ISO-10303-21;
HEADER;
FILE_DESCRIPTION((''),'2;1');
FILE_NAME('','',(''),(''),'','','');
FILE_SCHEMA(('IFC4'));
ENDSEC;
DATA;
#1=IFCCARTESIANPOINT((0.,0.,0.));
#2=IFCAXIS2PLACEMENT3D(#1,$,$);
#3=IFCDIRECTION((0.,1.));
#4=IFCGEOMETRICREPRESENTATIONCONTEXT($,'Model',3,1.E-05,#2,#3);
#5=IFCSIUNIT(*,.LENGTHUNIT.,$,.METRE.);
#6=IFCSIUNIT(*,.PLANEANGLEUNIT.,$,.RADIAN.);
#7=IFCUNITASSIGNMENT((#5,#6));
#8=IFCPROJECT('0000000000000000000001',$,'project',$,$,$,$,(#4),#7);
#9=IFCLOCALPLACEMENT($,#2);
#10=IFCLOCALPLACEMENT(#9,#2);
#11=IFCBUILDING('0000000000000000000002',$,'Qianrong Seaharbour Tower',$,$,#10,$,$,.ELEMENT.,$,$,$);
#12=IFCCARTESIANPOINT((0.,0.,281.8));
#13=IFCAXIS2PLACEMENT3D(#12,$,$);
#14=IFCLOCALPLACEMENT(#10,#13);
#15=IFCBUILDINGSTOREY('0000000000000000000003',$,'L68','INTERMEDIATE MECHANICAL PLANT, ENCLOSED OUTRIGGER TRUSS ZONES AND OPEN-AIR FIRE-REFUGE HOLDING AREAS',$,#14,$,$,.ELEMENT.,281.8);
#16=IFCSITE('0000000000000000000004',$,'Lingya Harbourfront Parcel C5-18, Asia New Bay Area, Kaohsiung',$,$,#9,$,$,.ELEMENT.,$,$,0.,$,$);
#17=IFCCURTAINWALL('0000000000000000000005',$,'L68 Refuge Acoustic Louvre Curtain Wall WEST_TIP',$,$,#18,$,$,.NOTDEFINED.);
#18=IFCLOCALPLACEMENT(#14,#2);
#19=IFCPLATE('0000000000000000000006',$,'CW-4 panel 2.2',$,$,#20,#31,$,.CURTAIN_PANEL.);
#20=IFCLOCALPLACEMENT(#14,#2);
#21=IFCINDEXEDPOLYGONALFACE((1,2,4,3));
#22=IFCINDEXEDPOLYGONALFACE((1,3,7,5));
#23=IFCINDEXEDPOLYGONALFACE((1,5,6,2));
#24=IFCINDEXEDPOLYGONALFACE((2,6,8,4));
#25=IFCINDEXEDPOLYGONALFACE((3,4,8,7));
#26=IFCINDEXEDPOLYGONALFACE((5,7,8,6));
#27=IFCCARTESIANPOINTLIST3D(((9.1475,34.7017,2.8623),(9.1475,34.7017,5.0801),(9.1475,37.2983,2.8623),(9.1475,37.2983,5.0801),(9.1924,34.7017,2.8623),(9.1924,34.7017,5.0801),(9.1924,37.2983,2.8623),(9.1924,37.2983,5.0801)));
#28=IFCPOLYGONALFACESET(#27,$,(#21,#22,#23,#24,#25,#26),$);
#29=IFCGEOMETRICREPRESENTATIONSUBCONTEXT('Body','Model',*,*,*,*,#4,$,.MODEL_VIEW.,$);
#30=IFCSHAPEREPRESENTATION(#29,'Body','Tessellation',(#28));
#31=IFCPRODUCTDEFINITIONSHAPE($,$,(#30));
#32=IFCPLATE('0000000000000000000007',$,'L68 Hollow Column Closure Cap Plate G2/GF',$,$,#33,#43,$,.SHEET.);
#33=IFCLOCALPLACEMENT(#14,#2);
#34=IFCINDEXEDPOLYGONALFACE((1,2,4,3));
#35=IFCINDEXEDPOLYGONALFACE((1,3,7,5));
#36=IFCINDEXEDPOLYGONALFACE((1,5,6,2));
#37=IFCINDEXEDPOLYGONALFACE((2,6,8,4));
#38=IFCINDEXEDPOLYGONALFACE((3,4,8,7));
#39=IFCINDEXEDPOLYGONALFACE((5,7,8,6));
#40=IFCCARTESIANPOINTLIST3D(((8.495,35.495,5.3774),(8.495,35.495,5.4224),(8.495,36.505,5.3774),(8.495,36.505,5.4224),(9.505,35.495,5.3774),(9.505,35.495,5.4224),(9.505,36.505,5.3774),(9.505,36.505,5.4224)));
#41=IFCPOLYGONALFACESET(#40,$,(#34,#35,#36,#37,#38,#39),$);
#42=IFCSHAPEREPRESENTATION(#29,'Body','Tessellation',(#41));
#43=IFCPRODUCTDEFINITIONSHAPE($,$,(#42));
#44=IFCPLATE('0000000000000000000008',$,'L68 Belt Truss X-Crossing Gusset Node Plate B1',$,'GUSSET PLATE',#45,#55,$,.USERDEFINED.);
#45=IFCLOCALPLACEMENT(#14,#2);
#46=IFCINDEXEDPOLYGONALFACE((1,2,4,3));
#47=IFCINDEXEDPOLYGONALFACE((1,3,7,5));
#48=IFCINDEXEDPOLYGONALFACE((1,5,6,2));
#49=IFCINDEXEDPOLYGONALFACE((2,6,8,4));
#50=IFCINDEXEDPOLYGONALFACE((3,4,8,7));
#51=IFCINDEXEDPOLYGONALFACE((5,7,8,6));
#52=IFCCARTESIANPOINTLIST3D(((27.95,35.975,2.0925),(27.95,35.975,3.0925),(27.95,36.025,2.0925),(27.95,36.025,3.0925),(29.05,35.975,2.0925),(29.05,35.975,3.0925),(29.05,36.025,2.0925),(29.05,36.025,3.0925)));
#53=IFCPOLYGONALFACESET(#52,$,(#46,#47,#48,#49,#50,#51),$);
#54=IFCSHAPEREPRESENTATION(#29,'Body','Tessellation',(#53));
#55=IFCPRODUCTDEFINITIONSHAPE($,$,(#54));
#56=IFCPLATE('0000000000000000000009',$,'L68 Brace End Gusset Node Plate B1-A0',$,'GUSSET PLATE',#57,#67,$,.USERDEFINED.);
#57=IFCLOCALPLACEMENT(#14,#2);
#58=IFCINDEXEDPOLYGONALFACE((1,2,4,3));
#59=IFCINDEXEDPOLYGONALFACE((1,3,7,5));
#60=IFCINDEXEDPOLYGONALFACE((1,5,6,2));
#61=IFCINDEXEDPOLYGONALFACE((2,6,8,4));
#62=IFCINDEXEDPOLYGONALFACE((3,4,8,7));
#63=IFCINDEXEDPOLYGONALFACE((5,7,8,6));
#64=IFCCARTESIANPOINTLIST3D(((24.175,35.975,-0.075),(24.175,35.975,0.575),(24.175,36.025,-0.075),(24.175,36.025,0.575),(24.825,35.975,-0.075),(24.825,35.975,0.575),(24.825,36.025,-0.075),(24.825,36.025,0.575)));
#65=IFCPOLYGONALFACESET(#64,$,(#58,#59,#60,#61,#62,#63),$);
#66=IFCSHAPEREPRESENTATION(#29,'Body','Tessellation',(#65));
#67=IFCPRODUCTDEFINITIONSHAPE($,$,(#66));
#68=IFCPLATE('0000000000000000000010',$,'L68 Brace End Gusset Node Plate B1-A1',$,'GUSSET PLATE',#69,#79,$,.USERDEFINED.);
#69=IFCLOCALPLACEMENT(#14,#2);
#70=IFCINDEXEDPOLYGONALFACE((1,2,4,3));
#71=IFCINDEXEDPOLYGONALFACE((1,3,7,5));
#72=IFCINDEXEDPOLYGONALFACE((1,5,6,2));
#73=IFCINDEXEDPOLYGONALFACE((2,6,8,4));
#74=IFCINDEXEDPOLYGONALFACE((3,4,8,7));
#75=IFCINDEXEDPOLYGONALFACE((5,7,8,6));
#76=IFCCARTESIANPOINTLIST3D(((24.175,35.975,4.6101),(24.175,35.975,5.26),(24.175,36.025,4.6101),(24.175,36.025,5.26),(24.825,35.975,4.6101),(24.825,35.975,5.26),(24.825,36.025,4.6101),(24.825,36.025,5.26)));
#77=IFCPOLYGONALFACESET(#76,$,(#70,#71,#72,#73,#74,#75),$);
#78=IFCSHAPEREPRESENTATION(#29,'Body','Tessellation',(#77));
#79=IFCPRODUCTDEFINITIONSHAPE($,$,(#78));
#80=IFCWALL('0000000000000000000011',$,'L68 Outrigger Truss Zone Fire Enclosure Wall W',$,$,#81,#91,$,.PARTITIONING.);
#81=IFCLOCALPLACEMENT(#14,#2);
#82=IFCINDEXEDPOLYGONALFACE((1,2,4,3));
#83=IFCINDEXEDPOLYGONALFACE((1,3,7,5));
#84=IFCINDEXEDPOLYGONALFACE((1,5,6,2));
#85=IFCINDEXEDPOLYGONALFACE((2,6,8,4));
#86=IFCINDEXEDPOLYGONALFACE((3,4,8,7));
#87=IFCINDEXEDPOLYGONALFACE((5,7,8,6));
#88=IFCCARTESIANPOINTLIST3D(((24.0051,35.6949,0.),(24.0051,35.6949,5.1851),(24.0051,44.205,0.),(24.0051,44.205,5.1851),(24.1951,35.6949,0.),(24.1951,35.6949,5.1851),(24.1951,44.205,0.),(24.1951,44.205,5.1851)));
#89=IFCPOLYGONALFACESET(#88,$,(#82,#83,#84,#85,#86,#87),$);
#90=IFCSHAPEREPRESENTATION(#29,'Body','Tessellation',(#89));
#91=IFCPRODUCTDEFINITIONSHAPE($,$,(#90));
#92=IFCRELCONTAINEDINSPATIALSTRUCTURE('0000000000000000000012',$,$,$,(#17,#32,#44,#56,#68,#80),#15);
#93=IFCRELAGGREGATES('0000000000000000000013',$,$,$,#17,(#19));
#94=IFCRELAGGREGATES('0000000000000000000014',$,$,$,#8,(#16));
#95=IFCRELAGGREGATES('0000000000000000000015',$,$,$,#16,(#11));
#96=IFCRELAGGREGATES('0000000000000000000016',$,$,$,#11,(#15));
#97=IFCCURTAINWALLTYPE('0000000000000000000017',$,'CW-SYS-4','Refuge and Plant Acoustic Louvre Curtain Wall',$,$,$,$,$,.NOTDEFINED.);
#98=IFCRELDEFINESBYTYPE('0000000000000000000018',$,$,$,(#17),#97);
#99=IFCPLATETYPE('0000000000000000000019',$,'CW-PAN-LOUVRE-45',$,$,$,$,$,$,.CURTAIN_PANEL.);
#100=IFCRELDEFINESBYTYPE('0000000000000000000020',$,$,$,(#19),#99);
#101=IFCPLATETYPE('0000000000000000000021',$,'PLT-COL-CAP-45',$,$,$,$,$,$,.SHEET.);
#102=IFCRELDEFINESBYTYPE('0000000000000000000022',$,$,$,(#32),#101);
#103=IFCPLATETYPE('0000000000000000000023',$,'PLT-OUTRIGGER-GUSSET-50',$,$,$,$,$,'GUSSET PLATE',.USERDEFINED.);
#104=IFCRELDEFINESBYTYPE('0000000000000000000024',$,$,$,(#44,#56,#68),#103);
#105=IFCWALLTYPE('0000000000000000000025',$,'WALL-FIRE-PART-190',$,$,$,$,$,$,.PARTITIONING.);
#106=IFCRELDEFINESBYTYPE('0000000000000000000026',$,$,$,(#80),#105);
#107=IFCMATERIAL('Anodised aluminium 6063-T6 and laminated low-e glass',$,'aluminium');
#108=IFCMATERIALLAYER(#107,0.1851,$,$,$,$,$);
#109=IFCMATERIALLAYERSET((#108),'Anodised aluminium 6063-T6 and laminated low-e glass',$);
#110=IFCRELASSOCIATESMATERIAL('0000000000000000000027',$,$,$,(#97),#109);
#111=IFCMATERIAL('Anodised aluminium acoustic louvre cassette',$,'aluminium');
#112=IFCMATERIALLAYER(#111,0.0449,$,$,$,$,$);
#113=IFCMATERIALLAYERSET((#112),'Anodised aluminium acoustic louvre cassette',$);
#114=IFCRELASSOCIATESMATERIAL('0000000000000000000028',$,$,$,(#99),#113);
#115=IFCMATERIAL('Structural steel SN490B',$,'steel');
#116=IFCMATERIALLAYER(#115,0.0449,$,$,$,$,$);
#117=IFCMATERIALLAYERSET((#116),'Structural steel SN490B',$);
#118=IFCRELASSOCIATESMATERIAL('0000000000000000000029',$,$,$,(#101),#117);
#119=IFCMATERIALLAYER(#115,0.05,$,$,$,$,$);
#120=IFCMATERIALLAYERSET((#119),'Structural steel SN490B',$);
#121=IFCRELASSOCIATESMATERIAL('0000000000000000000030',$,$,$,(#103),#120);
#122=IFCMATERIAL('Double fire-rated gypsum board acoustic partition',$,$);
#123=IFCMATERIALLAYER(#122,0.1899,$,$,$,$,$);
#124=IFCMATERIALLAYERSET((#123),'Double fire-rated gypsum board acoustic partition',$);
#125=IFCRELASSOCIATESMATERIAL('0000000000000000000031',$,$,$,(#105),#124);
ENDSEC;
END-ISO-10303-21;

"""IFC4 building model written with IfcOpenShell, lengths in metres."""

from ifc_helpers import new_model, si_unit, direction, frame, frame_2d, origin, origin_2d, place, context, subcontext, project, spatial, rectangle, extrude, material, layer, layer_set, type_object, element, aggregate, save


model = new_model("IFC4")

# Units and contexts
model_context = context("Model", 3, precision=1e-05, world=origin(), true_north=direction((0.0, 1.0)))
body_context = subcontext(model_context, "Body", "Model", "MODEL_VIEW")
ifc_project = project(units=[si_unit("LENGTHUNIT", "METRE"), si_unit("PLANEANGLEUNIT", "RADIAN")], contexts=[model_context])

# Site, building, storey
site_placement = place(None, origin())
site = spatial("IfcSite", under=ifc_project, at=site_placement, Name="Lingya Harbourfront Parcel C5-18, Asia New Bay Area, Kaohsiung", CompositionType="ELEMENT", RefElevation=0.0)
building_placement = place(site_placement, origin())
building = spatial("IfcBuilding", under=site, at=building_placement, Name="Qianrong Seaharbour Tower", CompositionType="ELEMENT")
storey_placement = place(building_placement, frame((0.0, 0.0, 281.8)))
storey = spatial("IfcBuildingStorey", under=building, at=storey_placement, Name="L68", Description="INTERMEDIATE MECHANICAL PLANT, ENCLOSED OUTRIGGER TRUSS ZONES AND OPEN-AIR FIRE-REFUGE HOLDING AREAS", CompositionType="ELEMENT", Elevation=281.8)

# Shared definitions
ifc_material_1 = material(Name="Structural steel SN490B", Category="steel")

# Curtain wall
ifc_material_2 = material(Name="Anodised aluminium 6063-T6 and laminated low-e glass", Category="aluminium")
ifc_layer_1 = layer(ifc_material_2, 0.1851)
ifc_layer_set_1 = layer_set([ifc_layer_1], Name="Anodised aluminium 6063-T6 and laminated low-e glass")
curtain_wall_type = type_object("IfcCurtainWallType", Name="CW-SYS-4", Description="Refuge and Plant Acoustic Louvre Curtain Wall", PredefinedType="NOTDEFINED", material=ifc_layer_set_1)
curtain_wall_placement = place(storey_placement, origin())
curtain_wall = element("IfcCurtainWall", 1, at=curtain_wall_placement, inside=storey, type_object=curtain_wall_type, Name="L68 Refuge Acoustic Louvre Curtain Wall WEST_TIP", PredefinedType="NOTDEFINED")

# Plate
ifc_material_3 = material(Name="Anodised aluminium acoustic louvre cassette", Category="aluminium")
ifc_layer_2 = layer(ifc_material_3, 0.0449)
ifc_layer_set_2 = layer_set([ifc_layer_2], Name="Anodised aluminium acoustic louvre cassette")
plate_type_1 = type_object("IfcPlateType", Name="CW-PAN-LOUVRE-45", PredefinedType="CURTAIN_PANEL", material=ifc_layer_set_2)
plate_1_placement = place(storey_placement, frame((9.1699, 36.0, 2.8623), z_axis=(0.0, 0.0, 1.0), x_axis=(0.0, 1.0, 0.0)))
plate_1 = element("IfcPlate", 2, at=plate_1_placement, type_object=plate_type_1, Name="CW-4 panel 2.2", PredefinedType="CURTAIN_PANEL", context=body_context, shape_type="SweptSolid", body=[
    extrude(rectangle(XDim=2.5967, YDim=0.0449, at=origin_2d()), origin(), (0.0, 0.0, 1.0), 2.2178),
])
aggregate(curtain_wall, [plate_1])

# Plates
ifc_layer_3 = layer(ifc_material_1, 0.0449)
ifc_layer_set_3 = layer_set([ifc_layer_3], Name="Structural steel SN490B")
plate_type_2 = type_object("IfcPlateType", Name="PLT-COL-CAP-45", PredefinedType="SHEET", material=ifc_layer_set_3)
plate_2_placement = place(storey_placement, frame((9.0, 36.0, 5.3774), z_axis=(0.0, 0.0, 1.0), x_axis=(1.0, 0.0, 0.0)))
element("IfcPlate", 3, at=plate_2_placement, inside=storey, type_object=plate_type_2, Name="L68 Hollow Column Closure Cap Plate G2/GF", PredefinedType="SHEET", context=body_context, shape_type="SweptSolid", body=[
    extrude(rectangle(XDim=1.01, YDim=1.01, at=origin_2d()), origin(), (0.0, 0.0, 1.0), 0.0449),
])
ifc_layer_4 = layer(ifc_material_1, 0.05)
ifc_layer_set_4 = layer_set([ifc_layer_4], Name="Structural steel SN490B")
plate_type_3 = type_object("IfcPlateType", Name="PLT-OUTRIGGER-GUSSET-50", ElementType="GUSSET PLATE", PredefinedType="USERDEFINED", material=ifc_layer_set_4)
plate_3_placement = place(storey_placement, frame((28.5, 36.0, 2.0925), z_axis=(0.0, 0.0, 1.0), x_axis=(1.0, 0.0, 0.0)))
element("IfcPlate", 4, at=plate_3_placement, inside=storey, type_object=plate_type_3, Name="L68 Belt Truss X-Crossing Gusset Node Plate B1", ObjectType="GUSSET PLATE", PredefinedType="USERDEFINED", context=body_context, shape_type="SweptSolid", body=[
    extrude(rectangle(XDim=1.1001, YDim=0.05, at=origin_2d()), origin(), (0.0, 0.0, 1.0), 1.0),
])
for number, where, z_axis, x_axis, name in (
    (5, (24.5, 36.0, -0.075), (0.0, 0.0, 1.0), (1.0, 0.0, 0.0), "L68 Brace End Gusset Node Plate B1-A0"),
    (6, (24.5, 36.0, 4.6101), (0.0, 0.0, 1.0), (1.0, 0.0, 0.0), "L68 Brace End Gusset Node Plate B1-A1"),
):
    element("IfcPlate", number, at=place(storey_placement, frame(where, z_axis=z_axis, x_axis=x_axis)), inside=storey, type_object=plate_type_3, Name=name, ObjectType="GUSSET PLATE", PredefinedType="USERDEFINED", context=body_context, shape_type="SweptSolid", body=[
        extrude(rectangle(XDim=0.6499, YDim=0.05, at=origin_2d()), origin(), (0.0, 0.0, 1.0), 0.6499),
    ])

# Wall
ifc_material_4 = material(Name="Double fire-rated gypsum board acoustic partition")
ifc_layer_5 = layer(ifc_material_4, 0.1899)
ifc_layer_set_5 = layer_set([ifc_layer_5], Name="Double fire-rated gypsum board acoustic partition")
wall_type = type_object("IfcWallType", Name="WALL-FIRE-PART-190", PredefinedType="PARTITIONING", material=ifc_layer_set_5)
wall_placement = place(storey_placement, frame((24.1001, 35.6951, 0.0), z_axis=(0.0, 0.0, 1.0), x_axis=(0.0, 1.0, 0.0)))
element("IfcWall", 7, at=wall_placement, inside=storey, type_object=wall_type, Name="L68 Outrigger Truss Zone Fire Enclosure Wall W", PredefinedType="PARTITIONING", context=body_context, shape_type="SweptSolid", body=[
    extrude(rectangle(XDim=8.51, YDim=0.1899, at=frame_2d((4.2549, 0.0))), origin(), (0.0, 0.0, 1.0), 5.1851),
])

save(model, "model.ifc")
